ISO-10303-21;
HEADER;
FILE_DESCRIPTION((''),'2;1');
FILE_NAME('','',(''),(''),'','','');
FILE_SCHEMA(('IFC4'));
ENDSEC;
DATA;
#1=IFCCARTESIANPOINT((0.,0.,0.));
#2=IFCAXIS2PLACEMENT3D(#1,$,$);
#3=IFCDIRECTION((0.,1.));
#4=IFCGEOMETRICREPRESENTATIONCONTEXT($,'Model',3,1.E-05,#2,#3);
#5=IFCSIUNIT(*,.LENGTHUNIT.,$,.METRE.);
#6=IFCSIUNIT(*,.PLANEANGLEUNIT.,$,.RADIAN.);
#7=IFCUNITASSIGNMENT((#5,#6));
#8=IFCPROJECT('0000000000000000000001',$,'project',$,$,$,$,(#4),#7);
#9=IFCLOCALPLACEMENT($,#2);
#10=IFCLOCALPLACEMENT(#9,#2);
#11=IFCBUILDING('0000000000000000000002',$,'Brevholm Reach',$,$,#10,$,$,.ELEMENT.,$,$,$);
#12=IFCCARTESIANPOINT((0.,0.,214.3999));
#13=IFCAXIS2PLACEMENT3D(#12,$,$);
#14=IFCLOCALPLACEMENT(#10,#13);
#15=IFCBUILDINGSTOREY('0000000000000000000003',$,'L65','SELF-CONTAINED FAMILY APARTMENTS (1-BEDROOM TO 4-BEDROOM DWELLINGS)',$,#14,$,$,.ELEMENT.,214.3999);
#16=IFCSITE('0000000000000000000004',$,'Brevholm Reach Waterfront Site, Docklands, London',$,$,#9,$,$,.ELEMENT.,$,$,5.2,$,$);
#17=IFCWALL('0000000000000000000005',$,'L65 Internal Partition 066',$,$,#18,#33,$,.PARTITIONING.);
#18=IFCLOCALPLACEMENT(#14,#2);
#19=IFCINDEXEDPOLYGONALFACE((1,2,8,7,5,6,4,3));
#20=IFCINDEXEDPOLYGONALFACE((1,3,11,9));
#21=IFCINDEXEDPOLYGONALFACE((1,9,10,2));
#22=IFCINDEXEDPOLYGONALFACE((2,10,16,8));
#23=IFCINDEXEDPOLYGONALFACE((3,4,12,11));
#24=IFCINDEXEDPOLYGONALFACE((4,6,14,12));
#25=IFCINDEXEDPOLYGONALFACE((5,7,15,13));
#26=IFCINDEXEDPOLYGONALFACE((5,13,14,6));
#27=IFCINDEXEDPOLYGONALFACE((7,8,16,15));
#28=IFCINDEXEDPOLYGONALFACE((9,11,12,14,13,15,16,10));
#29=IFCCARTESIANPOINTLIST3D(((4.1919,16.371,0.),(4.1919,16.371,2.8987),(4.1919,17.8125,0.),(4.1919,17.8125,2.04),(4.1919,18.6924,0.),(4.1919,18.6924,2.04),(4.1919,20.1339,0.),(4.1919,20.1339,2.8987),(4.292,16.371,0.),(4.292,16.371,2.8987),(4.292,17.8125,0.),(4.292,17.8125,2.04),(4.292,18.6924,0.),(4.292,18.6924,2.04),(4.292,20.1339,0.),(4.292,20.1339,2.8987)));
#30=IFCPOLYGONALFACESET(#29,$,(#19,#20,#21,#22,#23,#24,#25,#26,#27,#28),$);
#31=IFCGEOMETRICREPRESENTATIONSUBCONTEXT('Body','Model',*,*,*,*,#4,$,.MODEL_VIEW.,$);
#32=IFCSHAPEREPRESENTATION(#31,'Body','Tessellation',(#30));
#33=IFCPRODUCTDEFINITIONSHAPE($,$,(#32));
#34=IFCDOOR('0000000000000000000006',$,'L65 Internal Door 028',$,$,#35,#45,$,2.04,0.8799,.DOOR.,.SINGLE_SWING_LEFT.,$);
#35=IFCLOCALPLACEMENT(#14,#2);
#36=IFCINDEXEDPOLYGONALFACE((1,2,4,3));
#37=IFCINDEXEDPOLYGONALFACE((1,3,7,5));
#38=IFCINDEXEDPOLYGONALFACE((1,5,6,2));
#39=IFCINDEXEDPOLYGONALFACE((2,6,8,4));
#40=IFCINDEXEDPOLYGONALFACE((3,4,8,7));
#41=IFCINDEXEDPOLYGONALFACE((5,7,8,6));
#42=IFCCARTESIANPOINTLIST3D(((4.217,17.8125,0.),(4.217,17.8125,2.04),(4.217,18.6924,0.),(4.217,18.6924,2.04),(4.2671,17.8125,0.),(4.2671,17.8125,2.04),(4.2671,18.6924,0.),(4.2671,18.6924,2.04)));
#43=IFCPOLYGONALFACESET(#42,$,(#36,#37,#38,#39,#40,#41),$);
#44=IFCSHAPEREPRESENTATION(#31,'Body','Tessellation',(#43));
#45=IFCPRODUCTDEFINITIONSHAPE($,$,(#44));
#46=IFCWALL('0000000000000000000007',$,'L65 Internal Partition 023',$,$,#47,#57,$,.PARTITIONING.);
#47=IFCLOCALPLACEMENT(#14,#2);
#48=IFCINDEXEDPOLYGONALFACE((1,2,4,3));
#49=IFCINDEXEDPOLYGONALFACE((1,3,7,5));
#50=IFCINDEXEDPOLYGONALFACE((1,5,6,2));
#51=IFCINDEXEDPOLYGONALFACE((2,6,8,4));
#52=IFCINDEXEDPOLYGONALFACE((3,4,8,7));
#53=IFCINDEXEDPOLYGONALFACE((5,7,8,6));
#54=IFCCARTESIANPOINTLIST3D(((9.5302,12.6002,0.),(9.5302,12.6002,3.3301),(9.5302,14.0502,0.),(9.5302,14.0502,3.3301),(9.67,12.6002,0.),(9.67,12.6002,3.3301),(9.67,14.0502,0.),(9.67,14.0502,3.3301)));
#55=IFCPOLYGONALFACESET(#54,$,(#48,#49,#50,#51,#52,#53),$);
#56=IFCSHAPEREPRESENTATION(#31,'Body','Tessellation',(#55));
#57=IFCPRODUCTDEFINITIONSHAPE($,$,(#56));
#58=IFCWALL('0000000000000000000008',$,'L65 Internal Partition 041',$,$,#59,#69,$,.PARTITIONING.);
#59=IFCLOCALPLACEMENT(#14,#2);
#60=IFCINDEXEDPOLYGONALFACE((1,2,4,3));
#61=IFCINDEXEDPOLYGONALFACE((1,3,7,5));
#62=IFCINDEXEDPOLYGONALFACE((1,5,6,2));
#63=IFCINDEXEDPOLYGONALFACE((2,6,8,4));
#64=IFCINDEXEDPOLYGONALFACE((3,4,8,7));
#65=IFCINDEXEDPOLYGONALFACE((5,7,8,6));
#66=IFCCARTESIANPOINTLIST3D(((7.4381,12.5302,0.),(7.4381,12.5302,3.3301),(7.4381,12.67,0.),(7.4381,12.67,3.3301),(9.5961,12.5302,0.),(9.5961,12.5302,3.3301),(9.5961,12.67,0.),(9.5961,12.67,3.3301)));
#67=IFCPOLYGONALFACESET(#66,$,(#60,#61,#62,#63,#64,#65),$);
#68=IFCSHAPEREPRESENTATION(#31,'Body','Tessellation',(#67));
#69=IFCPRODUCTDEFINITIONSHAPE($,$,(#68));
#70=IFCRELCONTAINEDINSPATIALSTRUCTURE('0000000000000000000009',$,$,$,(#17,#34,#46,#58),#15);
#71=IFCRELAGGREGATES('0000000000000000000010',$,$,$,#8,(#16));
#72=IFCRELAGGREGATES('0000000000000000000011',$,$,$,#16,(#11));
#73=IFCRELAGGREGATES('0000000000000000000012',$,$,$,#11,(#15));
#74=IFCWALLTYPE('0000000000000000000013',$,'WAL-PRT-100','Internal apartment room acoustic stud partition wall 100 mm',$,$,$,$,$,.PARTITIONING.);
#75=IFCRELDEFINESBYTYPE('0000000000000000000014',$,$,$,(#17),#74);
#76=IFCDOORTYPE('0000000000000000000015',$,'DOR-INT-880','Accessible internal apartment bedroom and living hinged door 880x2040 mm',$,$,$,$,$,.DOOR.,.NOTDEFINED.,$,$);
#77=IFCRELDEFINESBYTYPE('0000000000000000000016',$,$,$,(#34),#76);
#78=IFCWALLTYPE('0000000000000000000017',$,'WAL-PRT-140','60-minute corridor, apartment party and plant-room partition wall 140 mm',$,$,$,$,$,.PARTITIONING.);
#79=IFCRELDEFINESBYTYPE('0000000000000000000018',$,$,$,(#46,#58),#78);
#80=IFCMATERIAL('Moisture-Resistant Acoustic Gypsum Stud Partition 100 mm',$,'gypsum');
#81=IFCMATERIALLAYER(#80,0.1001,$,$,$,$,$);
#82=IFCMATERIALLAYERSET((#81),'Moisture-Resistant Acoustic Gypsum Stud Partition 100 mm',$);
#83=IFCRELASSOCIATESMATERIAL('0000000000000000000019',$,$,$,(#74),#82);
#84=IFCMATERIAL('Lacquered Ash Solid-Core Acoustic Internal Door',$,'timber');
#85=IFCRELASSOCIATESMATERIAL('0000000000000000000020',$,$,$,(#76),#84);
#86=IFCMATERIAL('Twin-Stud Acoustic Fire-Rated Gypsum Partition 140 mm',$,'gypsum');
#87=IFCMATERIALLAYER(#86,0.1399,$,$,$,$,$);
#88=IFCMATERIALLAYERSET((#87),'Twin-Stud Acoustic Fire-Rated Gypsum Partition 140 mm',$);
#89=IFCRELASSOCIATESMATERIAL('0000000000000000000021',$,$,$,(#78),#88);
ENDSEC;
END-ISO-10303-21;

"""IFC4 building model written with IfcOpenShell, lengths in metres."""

from ifc_helpers import new_model, si_unit, direction, frame, frame_2d, origin, place, context, subcontext, project, spatial, rectangle, extrude, material, layer, layer_set, type_object, element, fill, save


model = new_model("IFC4")

# Units and contexts
model_context = context("Model", 3, precision=1e-05, world=origin(), true_north=direction((0.0, 1.0)))
body_context = subcontext(model_context, "Body", "Model", "MODEL_VIEW")
ifc_project = project(units=[si_unit("LENGTHUNIT", "METRE"), si_unit("PLANEANGLEUNIT", "RADIAN")], contexts=[model_context])

# Site, building, storey
site_placement = place(None, origin())
site = spatial("IfcSite", under=ifc_project, at=site_placement, Name="Brevholm Reach Waterfront Site, Docklands, London", CompositionType="ELEMENT", RefElevation=5.2)
building_placement = place(site_placement, origin())
building = spatial("IfcBuilding", under=site, at=building_placement, Name="Brevholm Reach", CompositionType="ELEMENT")
storey_placement = place(building_placement, frame((0.0, 0.0, 214.3999)))
storey = spatial("IfcBuildingStorey", under=building, at=storey_placement, Name="L65", Description="SELF-CONTAINED FAMILY APARTMENTS (1-BEDROOM TO 4-BEDROOM DWELLINGS)", CompositionType="ELEMENT", Elevation=214.3999)

# Shared definitions
ifc_material_1 = material(Name="Moisture-Resistant Acoustic Gypsum Stud Partition 100 mm", Category="gypsum")
ifc_layer_1 = layer(ifc_material_1, 0.1001)
ifc_layer_set_1 = layer_set([ifc_layer_1], Name="Moisture-Resistant Acoustic Gypsum Stud Partition 100 mm")
wall_type_1 = type_object("IfcWallType", Name="WAL-PRT-100", Description="Internal apartment room acoustic stud partition wall 100 mm", PredefinedType="PARTITIONING", material=ifc_layer_set_1)

# Shared definitions
ifc_material_2 = material(Name="Lacquered Ash Solid-Core Acoustic Internal Door", Category="timber")
door_type_1 = type_object("IfcDoorType", Name="DOR-INT-880", Description="Accessible internal apartment bedroom and living hinged door 880x2040 mm", OperationType="NOTDEFINED", PredefinedType="DOOR", material=ifc_material_2)

# Wall, opening, door
wall_1_placement = place(storey_placement, frame((4.2419, 16.3711, 0.0), z_axis=(0.0, 0.0, 1.0), x_axis=(0.0, 1.0, 0.0)))
wall_1 = element("IfcWall", 1, at=wall_1_placement, inside=storey, type_object=wall_type_1, Name="L65 Internal Partition 066", PredefinedType="PARTITIONING", context=body_context, shape_type="SweptSolid", body=[
    extrude(rectangle(XDim=3.7629, YDim=0.1001, at=frame_2d((1.8813, 0.0))), origin(), (0.0, 0.0, 1.0), 2.8987),
])
opening_1_placement = place(wall_1_placement, frame((1.4414, 0.0, 0.0)))
opening_1 = element("IfcOpeningElement", 2, at=opening_1_placement, cuts=wall_1, PredefinedType="OPENING", context=body_context, shape_type="SweptSolid", body=[
    extrude(rectangle(XDim=0.8799, YDim=2.04, at=frame_2d((0.4399, 1.02))), frame((0.0, 0.0601, 0.0), z_axis=(0.0, -1.0, 0.0), x_axis=(1.0, 0.0, 0.0)), (0.0, 0.0, 1.0), 0.1201),
])
door_1_placement = place(opening_1_placement, origin())
door_1 = element("IfcDoor", 3, at=door_1_placement, inside=storey, type_object=door_type_1, Name="L65 Internal Door 028", OperationType="SINGLE_SWING_LEFT", OverallHeight=2.04, OverallWidth=0.8799, PredefinedType="DOOR", context=body_context, shape_type="SweptSolid", body=[
    extrude(rectangle(XDim=0.8799, YDim=2.04, at=frame_2d((0.4399, 1.02))), frame((0.0, 0.0249, 0.0), z_axis=(0.0, -1.0, 0.0), x_axis=(1.0, 0.0, 0.0)), (0.0, 0.0, 1.0), 0.05),
])
fill(opening_1, door_1)

# Walls
ifc_material_3 = material(Name="Twin-Stud Acoustic Fire-Rated Gypsum Partition 140 mm", Category="gypsum")
ifc_layer_2 = layer(ifc_material_3, 0.1399)
ifc_layer_set_2 = layer_set([ifc_layer_2], Name="Twin-Stud Acoustic Fire-Rated Gypsum Partition 140 mm")
wall_type_2 = type_object("IfcWallType", Name="WAL-PRT-140", Description="60-minute corridor, apartment party and plant-room partition wall 140 mm", PredefinedType="PARTITIONING", material=ifc_layer_set_2)
wall_2_placement = place(storey_placement, frame((9.6001, 12.6001, 0.0), z_axis=(0.0, 0.0, 1.0), x_axis=(0.0, 1.0, 0.0)))
element("IfcWall", 4, at=wall_2_placement, inside=storey, type_object=wall_type_2, Name="L65 Internal Partition 023", PredefinedType="PARTITIONING", context=body_context, shape_type="SweptSolid", body=[
    extrude(rectangle(XDim=1.45, YDim=0.1399, at=frame_2d((0.7251, 0.0))), origin(), (0.0, 0.0, 1.0), 3.3301),
])
wall_3_placement = place(storey_placement, frame((7.438, 12.6001, 0.0), z_axis=(0.0, 0.0, 1.0), x_axis=(1.0, 0.0, 0.0)))
element("IfcWall", 5, at=wall_3_placement, inside=storey, type_object=wall_type_2, Name="L65 Internal Partition 041", PredefinedType="PARTITIONING", context=body_context, shape_type="SweptSolid", body=[
    extrude(rectangle(XDim=2.158, YDim=0.1399, at=frame_2d((1.0791, 0.0))), origin(), (0.0, 0.0, 1.0), 3.3301),
])

save(model, "model.ifc")
